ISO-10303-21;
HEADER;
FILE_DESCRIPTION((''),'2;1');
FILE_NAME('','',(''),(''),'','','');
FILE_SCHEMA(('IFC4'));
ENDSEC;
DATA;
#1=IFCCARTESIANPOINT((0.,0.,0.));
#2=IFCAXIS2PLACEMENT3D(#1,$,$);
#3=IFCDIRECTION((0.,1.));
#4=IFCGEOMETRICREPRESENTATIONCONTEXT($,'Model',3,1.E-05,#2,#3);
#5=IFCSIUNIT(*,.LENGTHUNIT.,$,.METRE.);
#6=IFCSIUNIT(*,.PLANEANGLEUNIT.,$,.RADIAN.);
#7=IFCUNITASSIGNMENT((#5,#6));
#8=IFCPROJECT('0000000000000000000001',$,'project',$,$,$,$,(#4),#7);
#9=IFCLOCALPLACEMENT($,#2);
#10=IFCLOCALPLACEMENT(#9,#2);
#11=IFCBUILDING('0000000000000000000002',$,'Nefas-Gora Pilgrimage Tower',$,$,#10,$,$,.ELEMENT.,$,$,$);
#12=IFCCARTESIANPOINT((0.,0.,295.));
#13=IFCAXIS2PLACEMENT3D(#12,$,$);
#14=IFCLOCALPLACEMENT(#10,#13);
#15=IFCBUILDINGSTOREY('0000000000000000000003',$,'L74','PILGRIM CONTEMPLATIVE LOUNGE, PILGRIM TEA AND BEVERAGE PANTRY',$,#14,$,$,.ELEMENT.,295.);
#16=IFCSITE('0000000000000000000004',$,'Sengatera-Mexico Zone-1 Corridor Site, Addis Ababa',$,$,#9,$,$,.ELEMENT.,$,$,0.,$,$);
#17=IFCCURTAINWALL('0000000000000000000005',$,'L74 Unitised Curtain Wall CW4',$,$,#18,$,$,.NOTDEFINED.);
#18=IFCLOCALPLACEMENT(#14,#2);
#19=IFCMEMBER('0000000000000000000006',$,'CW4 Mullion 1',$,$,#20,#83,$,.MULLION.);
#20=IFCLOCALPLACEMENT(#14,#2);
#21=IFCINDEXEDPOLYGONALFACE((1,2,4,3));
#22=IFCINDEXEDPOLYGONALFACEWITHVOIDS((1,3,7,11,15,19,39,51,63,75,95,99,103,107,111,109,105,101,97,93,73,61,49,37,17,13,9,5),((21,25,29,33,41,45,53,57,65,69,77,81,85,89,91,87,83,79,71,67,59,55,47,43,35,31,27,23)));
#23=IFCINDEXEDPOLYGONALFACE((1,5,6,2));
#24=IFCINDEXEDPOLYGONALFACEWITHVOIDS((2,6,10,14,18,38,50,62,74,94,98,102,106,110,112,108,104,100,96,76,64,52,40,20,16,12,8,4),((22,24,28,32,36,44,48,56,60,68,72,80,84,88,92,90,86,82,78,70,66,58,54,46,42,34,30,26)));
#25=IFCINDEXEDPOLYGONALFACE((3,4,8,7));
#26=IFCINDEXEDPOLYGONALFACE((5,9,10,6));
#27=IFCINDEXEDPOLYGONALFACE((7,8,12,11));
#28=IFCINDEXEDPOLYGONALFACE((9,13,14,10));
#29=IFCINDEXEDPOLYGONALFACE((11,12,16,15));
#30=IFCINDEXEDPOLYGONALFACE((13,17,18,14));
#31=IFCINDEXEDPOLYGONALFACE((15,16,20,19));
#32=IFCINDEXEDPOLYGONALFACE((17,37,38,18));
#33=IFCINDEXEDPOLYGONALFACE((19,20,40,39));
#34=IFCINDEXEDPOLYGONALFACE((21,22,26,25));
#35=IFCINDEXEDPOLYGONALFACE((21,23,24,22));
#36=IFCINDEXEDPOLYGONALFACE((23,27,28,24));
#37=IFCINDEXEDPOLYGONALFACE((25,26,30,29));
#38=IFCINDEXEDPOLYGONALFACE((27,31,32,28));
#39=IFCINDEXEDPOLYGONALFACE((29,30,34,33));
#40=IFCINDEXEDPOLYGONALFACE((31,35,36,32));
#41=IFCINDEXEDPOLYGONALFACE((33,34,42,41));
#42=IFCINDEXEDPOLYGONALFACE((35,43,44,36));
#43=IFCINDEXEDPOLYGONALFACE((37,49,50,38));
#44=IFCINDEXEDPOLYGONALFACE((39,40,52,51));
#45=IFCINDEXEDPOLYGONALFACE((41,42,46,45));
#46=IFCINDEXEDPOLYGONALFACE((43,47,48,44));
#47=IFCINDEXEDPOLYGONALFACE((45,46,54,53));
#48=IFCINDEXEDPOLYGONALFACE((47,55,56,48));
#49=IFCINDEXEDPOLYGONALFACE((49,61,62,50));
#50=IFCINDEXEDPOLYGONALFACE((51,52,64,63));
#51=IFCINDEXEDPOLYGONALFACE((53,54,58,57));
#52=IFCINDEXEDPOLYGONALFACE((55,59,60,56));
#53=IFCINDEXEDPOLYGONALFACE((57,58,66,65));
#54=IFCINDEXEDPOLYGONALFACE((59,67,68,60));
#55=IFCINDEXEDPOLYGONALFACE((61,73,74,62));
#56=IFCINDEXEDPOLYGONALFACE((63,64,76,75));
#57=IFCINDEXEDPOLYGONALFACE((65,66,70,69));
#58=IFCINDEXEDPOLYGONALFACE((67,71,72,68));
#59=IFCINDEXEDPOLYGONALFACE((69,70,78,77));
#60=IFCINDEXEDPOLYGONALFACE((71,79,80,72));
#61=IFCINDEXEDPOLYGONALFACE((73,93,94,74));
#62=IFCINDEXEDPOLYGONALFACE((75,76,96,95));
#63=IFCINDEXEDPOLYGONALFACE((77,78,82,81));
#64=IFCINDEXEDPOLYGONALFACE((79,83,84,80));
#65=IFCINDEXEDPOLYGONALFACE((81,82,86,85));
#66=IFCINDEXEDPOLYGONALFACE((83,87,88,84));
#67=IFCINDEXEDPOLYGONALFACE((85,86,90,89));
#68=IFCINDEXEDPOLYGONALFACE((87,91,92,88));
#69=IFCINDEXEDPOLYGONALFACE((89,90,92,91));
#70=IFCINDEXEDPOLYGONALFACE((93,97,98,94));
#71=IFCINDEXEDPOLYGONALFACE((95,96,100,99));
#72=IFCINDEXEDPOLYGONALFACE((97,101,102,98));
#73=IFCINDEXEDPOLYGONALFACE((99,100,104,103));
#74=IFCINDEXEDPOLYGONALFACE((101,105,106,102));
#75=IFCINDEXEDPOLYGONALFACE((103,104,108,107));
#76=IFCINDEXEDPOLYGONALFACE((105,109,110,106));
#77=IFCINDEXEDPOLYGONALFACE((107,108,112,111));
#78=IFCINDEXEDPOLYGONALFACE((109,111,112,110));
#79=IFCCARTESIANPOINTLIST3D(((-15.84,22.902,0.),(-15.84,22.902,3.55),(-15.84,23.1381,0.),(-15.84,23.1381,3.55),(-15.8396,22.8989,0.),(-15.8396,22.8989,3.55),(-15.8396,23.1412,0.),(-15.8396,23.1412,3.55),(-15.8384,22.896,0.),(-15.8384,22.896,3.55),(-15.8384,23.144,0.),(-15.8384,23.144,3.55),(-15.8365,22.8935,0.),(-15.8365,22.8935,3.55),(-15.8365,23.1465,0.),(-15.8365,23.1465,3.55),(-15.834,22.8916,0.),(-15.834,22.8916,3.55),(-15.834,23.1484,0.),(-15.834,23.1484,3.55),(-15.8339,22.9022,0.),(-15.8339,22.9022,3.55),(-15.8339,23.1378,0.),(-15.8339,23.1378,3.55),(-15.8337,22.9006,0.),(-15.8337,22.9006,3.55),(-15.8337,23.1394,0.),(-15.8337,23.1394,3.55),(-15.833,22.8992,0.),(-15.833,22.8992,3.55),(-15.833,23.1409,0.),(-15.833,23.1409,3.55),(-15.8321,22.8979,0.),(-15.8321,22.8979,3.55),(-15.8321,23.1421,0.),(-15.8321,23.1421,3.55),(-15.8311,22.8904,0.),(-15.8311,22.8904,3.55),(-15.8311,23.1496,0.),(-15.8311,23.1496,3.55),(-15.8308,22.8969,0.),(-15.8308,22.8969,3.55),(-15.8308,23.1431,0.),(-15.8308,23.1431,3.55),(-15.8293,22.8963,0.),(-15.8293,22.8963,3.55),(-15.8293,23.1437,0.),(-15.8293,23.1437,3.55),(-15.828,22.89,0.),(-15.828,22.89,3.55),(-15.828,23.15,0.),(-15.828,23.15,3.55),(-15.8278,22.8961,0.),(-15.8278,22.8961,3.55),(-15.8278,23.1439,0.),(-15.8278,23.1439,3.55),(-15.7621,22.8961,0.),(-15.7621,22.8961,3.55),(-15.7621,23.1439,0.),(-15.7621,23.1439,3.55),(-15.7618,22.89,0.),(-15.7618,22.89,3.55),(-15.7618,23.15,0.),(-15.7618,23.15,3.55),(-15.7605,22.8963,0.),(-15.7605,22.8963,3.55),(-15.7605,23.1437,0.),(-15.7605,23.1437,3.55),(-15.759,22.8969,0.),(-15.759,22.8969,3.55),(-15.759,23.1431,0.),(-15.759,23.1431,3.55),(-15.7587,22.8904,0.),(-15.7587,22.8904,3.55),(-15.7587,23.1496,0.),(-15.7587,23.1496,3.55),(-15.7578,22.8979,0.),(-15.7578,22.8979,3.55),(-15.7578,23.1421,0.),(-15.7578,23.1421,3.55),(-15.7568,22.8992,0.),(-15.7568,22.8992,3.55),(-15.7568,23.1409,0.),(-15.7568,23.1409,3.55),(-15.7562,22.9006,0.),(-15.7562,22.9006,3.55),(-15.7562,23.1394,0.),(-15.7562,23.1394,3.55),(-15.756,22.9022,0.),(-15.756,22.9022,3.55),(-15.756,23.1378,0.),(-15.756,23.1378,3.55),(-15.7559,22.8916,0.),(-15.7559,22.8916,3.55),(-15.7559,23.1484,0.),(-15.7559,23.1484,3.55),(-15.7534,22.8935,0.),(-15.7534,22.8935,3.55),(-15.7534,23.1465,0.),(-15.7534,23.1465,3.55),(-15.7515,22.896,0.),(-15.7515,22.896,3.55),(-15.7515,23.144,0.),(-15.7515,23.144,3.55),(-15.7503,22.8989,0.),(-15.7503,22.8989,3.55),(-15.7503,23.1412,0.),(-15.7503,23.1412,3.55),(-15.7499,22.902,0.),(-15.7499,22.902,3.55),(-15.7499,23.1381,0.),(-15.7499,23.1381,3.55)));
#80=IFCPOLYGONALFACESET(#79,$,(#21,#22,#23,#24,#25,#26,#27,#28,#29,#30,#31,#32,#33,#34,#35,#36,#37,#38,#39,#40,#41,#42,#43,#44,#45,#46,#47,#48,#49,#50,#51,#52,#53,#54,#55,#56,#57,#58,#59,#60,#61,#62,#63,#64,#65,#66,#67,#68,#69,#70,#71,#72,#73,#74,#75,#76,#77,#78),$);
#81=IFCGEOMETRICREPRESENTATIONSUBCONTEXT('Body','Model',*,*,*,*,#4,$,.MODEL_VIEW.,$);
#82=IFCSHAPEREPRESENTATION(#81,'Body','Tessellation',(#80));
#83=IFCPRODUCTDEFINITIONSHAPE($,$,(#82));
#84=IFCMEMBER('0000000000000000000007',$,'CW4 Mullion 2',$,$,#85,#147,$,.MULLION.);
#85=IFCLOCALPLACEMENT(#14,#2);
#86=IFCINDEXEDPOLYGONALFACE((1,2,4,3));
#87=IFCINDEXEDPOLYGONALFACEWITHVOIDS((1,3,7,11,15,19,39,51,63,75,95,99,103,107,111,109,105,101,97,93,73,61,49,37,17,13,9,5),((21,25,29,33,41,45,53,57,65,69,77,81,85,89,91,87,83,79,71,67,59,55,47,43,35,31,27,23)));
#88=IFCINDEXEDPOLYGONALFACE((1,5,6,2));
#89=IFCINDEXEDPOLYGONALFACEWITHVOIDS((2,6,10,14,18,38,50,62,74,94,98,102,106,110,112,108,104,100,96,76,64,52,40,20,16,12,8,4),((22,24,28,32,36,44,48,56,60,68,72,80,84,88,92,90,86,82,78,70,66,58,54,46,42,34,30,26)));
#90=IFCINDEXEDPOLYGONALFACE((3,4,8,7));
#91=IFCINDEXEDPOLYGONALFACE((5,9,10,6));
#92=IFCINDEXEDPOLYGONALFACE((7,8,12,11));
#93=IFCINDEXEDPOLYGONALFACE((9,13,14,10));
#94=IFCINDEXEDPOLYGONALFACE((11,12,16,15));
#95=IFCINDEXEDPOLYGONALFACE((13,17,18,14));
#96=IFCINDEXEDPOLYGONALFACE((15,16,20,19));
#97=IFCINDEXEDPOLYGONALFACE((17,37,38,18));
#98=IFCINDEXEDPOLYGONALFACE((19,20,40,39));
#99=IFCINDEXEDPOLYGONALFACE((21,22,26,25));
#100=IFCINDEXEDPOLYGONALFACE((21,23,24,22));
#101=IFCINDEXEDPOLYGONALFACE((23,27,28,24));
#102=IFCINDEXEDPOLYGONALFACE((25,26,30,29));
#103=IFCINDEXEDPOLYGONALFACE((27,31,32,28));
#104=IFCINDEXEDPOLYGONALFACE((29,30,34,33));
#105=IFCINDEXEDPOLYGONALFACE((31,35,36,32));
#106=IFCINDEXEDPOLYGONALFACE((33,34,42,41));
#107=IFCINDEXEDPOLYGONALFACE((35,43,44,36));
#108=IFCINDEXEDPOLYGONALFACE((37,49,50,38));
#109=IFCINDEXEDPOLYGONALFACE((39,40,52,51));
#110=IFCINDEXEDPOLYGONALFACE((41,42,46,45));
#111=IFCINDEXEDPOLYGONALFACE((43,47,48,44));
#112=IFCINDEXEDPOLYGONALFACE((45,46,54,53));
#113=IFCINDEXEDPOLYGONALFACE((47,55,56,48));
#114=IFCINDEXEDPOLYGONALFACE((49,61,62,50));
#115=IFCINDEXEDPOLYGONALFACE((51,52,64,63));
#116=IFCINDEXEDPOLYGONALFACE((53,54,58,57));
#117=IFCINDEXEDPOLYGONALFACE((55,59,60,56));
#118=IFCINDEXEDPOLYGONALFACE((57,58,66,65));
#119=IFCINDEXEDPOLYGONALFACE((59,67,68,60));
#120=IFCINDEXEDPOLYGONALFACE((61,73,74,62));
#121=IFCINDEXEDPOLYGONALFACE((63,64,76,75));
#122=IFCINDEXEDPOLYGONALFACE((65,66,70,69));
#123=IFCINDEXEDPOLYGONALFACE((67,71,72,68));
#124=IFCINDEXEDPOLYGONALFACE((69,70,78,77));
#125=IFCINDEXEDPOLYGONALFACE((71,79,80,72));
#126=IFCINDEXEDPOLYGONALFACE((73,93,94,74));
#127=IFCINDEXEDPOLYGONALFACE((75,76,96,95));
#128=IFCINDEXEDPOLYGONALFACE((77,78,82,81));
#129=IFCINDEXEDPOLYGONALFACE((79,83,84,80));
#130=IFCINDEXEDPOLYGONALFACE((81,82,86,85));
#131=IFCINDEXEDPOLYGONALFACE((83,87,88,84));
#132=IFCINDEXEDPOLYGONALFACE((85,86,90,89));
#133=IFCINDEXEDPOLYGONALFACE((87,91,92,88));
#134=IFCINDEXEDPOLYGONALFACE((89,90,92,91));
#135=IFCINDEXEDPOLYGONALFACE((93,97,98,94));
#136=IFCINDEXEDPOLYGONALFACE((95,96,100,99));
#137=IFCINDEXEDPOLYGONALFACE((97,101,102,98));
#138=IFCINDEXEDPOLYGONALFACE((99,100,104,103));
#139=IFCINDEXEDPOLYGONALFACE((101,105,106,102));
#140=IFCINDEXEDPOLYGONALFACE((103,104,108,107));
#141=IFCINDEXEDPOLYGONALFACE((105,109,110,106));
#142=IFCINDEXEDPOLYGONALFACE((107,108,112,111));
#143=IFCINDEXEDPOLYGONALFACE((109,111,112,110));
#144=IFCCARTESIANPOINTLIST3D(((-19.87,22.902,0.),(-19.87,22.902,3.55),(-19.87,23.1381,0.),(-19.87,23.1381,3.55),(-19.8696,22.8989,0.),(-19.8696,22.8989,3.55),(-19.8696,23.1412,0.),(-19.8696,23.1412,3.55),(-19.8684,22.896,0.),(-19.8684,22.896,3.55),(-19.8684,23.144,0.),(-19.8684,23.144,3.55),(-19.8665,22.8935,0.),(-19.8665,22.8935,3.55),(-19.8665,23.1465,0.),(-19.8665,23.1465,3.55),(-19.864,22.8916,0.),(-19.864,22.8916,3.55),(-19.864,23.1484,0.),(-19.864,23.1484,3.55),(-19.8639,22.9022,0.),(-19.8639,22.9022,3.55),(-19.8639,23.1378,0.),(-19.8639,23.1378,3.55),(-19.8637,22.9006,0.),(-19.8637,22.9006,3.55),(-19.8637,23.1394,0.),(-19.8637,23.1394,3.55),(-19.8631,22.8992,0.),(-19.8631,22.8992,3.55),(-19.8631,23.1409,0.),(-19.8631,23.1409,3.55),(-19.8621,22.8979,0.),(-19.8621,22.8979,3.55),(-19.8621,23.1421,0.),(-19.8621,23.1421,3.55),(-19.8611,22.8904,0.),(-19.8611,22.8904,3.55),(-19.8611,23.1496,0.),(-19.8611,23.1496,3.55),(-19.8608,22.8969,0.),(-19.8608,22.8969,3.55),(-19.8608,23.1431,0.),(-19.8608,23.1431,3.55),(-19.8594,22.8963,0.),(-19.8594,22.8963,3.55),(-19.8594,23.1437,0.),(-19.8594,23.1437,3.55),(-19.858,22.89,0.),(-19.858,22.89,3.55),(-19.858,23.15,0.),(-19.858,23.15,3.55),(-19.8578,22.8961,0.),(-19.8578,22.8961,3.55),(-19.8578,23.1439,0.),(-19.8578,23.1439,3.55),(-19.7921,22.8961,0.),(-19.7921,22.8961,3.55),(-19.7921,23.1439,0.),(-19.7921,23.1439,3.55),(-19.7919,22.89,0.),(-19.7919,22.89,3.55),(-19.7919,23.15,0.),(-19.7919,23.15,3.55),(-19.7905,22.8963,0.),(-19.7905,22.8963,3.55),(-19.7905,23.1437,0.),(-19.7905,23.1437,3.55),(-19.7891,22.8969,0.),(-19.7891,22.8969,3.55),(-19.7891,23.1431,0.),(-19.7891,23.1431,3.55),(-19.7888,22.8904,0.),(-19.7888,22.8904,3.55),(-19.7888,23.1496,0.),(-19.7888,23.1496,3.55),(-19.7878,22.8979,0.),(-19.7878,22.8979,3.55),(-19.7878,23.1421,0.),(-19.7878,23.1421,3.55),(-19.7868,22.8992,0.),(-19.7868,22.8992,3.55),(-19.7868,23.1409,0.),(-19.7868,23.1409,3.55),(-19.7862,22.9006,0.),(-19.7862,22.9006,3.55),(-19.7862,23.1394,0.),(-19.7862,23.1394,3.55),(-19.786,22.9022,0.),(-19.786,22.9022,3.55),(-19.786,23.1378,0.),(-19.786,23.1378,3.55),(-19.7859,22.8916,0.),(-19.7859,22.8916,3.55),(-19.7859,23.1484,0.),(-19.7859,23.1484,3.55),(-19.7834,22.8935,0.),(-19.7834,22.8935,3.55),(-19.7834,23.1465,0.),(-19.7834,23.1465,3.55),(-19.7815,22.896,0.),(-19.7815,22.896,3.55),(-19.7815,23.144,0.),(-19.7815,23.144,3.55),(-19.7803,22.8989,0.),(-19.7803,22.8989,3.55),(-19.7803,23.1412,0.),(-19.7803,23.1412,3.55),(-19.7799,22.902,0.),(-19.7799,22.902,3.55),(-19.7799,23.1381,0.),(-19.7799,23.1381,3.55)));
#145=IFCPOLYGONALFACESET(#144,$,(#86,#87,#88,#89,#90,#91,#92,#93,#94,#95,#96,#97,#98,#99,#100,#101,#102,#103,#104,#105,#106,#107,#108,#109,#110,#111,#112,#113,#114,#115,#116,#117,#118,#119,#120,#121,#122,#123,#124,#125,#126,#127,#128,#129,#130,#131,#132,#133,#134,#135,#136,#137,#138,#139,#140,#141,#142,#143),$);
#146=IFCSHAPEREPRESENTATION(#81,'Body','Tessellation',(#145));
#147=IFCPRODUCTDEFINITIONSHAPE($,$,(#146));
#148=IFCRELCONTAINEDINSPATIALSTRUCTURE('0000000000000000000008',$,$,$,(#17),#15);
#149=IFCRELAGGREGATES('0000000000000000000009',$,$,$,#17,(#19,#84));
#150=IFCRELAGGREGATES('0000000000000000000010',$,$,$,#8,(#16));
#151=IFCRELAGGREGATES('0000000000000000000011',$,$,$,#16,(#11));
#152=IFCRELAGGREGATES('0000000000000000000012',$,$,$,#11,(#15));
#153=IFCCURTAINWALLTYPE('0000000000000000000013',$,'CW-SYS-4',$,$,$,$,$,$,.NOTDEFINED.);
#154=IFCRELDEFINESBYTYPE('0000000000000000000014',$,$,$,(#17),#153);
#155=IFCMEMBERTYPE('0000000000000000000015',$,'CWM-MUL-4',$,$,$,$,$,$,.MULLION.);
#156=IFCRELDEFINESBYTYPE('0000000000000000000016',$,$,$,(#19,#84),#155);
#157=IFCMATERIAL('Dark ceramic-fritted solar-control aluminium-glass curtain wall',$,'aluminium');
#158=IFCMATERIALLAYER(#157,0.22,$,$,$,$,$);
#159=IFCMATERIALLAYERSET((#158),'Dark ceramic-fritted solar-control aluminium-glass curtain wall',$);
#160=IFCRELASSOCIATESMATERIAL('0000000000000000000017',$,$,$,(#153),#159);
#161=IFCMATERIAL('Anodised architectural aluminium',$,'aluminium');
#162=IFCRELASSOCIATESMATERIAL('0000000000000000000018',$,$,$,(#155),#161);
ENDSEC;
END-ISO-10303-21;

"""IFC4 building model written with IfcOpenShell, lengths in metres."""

from ifc_helpers import new_model, si_unit, direction, frame, origin, origin_2d, place, context, subcontext, project, spatial, hollow_rectangle, extrude, source, transform, mapped, material, layer, layer_set, material_profile, profile_set, type_object, element, aggregate, save


model = new_model("IFC4")

# Units and contexts
model_context = context("Model", 3, precision=1e-05, world=origin(), true_north=direction((0.0, 1.0)))
body_context = subcontext(model_context, "Body", "Model", "MODEL_VIEW")
ifc_project = project(units=[si_unit("LENGTHUNIT", "METRE"), si_unit("PLANEANGLEUNIT", "RADIAN")], contexts=[model_context])

# Site, building, storey
site_placement = place(None, origin())
site = spatial("IfcSite", under=ifc_project, at=site_placement, Name="Sengatera-Mexico Zone-1 Corridor Site, Addis Ababa", CompositionType="ELEMENT", RefElevation=0.0)
building_placement = place(site_placement, origin())
building = spatial("IfcBuilding", under=site, at=building_placement, Name="Nefas-Gora Pilgrimage Tower", CompositionType="ELEMENT")
storey_placement = place(building_placement, frame((0.0, 0.0, 295.0)))
storey = spatial("IfcBuildingStorey", under=building, at=storey_placement, Name="L74", Description="PILGRIM CONTEMPLATIVE LOUNGE, PILGRIM TEA AND BEVERAGE PANTRY", CompositionType="ELEMENT", Elevation=295.0)

# Shared definitions
ifc_material_1 = material(Name="Dark ceramic-fritted solar-control aluminium-glass curtain wall", Category="aluminium")
ifc_material_2 = material(Name="Anodised architectural aluminium", Category="aluminium")

# Curtain wall, members
ifc_layer_1 = layer(ifc_material_1, 0.22)
ifc_layer_set_1 = layer_set([ifc_layer_1], Name="Dark ceramic-fritted solar-control aluminium-glass curtain wall")
curtain_wall_type_1 = type_object("IfcCurtainWallType", Name="CW-SYS-4", PredefinedType="NOTDEFINED", material=ifc_layer_set_1)
curtain_wall_1_placement = place(storey_placement, origin())
curtain_wall_1 = element("IfcCurtainWall", 1, at=curtain_wall_1_placement, inside=storey, type_object=curtain_wall_type_1, Name="L74 Unitised Curtain Wall CW4", PredefinedType="NOTDEFINED")
ifc_material_profile_1 = material_profile(ifc_material_2, hollow_rectangle(XDim=0.0901, YDim=0.26, WallThickness=0.0061, InnerFilletRadius=0.0061, OuterFilletRadius=0.012, at=origin_2d()), Name="ALU MULLION 90x260")
ifc_profile_set_1 = profile_set([ifc_material_profile_1], Name="Anodised architectural aluminium")
member_type_1 = type_object("IfcMemberType", Name="CWM-MUL-4", PredefinedType="MULLION", material=ifc_profile_set_1)
shared_shape_1 = source(origin(), body_context, "Body", "SweptSolid", [
    extrude(hollow_rectangle(XDim=0.0901, YDim=0.26, WallThickness=0.0061, InnerFilletRadius=0.0061, OuterFilletRadius=0.012, at=origin_2d()), origin(), (0.0, 0.0, 1.0), 3.55),
])
member_1_placement = place(storey_placement, frame((-15.7949, 23.02, 0.0), z_axis=(0.0, 0.0, 1.0), x_axis=(-1.0, 0.0, 0.0)))
member_1 = element("IfcMember", 2, at=member_1_placement, type_object=member_type_1, Name="CW4 Mullion 1", PredefinedType="MULLION", context=body_context, shape_type="MappedRepresentation", body=[
    mapped(shared_shape_1, transform((0.0, 0.0, 0.0), x_axis=(1.0, 0.0, 0.0), y_axis=(0.0, 1.0, 0.0), z_axis=(0.0, 0.0, 1.0), scale=1.0)),
])
member_2_placement = place(storey_placement, frame((-19.825, 23.02, 0.0), z_axis=(0.0, 0.0, 1.0), x_axis=(-1.0, 0.0, 0.0)))
member_2 = element("IfcMember", 3, at=member_2_placement, type_object=member_type_1, Name="CW4 Mullion 2", PredefinedType="MULLION", context=body_context, shape_type="MappedRepresentation", body=[
    mapped(shared_shape_1, transform((0.0, 0.0, 0.0), x_axis=(1.0, 0.0, 0.0), y_axis=(0.0, 1.0, 0.0), z_axis=(0.0, 0.0, 1.0), scale=1.0)),
])

aggregate(curtain_wall_1, [member_1, member_2])

save(model, "model.ifc")
